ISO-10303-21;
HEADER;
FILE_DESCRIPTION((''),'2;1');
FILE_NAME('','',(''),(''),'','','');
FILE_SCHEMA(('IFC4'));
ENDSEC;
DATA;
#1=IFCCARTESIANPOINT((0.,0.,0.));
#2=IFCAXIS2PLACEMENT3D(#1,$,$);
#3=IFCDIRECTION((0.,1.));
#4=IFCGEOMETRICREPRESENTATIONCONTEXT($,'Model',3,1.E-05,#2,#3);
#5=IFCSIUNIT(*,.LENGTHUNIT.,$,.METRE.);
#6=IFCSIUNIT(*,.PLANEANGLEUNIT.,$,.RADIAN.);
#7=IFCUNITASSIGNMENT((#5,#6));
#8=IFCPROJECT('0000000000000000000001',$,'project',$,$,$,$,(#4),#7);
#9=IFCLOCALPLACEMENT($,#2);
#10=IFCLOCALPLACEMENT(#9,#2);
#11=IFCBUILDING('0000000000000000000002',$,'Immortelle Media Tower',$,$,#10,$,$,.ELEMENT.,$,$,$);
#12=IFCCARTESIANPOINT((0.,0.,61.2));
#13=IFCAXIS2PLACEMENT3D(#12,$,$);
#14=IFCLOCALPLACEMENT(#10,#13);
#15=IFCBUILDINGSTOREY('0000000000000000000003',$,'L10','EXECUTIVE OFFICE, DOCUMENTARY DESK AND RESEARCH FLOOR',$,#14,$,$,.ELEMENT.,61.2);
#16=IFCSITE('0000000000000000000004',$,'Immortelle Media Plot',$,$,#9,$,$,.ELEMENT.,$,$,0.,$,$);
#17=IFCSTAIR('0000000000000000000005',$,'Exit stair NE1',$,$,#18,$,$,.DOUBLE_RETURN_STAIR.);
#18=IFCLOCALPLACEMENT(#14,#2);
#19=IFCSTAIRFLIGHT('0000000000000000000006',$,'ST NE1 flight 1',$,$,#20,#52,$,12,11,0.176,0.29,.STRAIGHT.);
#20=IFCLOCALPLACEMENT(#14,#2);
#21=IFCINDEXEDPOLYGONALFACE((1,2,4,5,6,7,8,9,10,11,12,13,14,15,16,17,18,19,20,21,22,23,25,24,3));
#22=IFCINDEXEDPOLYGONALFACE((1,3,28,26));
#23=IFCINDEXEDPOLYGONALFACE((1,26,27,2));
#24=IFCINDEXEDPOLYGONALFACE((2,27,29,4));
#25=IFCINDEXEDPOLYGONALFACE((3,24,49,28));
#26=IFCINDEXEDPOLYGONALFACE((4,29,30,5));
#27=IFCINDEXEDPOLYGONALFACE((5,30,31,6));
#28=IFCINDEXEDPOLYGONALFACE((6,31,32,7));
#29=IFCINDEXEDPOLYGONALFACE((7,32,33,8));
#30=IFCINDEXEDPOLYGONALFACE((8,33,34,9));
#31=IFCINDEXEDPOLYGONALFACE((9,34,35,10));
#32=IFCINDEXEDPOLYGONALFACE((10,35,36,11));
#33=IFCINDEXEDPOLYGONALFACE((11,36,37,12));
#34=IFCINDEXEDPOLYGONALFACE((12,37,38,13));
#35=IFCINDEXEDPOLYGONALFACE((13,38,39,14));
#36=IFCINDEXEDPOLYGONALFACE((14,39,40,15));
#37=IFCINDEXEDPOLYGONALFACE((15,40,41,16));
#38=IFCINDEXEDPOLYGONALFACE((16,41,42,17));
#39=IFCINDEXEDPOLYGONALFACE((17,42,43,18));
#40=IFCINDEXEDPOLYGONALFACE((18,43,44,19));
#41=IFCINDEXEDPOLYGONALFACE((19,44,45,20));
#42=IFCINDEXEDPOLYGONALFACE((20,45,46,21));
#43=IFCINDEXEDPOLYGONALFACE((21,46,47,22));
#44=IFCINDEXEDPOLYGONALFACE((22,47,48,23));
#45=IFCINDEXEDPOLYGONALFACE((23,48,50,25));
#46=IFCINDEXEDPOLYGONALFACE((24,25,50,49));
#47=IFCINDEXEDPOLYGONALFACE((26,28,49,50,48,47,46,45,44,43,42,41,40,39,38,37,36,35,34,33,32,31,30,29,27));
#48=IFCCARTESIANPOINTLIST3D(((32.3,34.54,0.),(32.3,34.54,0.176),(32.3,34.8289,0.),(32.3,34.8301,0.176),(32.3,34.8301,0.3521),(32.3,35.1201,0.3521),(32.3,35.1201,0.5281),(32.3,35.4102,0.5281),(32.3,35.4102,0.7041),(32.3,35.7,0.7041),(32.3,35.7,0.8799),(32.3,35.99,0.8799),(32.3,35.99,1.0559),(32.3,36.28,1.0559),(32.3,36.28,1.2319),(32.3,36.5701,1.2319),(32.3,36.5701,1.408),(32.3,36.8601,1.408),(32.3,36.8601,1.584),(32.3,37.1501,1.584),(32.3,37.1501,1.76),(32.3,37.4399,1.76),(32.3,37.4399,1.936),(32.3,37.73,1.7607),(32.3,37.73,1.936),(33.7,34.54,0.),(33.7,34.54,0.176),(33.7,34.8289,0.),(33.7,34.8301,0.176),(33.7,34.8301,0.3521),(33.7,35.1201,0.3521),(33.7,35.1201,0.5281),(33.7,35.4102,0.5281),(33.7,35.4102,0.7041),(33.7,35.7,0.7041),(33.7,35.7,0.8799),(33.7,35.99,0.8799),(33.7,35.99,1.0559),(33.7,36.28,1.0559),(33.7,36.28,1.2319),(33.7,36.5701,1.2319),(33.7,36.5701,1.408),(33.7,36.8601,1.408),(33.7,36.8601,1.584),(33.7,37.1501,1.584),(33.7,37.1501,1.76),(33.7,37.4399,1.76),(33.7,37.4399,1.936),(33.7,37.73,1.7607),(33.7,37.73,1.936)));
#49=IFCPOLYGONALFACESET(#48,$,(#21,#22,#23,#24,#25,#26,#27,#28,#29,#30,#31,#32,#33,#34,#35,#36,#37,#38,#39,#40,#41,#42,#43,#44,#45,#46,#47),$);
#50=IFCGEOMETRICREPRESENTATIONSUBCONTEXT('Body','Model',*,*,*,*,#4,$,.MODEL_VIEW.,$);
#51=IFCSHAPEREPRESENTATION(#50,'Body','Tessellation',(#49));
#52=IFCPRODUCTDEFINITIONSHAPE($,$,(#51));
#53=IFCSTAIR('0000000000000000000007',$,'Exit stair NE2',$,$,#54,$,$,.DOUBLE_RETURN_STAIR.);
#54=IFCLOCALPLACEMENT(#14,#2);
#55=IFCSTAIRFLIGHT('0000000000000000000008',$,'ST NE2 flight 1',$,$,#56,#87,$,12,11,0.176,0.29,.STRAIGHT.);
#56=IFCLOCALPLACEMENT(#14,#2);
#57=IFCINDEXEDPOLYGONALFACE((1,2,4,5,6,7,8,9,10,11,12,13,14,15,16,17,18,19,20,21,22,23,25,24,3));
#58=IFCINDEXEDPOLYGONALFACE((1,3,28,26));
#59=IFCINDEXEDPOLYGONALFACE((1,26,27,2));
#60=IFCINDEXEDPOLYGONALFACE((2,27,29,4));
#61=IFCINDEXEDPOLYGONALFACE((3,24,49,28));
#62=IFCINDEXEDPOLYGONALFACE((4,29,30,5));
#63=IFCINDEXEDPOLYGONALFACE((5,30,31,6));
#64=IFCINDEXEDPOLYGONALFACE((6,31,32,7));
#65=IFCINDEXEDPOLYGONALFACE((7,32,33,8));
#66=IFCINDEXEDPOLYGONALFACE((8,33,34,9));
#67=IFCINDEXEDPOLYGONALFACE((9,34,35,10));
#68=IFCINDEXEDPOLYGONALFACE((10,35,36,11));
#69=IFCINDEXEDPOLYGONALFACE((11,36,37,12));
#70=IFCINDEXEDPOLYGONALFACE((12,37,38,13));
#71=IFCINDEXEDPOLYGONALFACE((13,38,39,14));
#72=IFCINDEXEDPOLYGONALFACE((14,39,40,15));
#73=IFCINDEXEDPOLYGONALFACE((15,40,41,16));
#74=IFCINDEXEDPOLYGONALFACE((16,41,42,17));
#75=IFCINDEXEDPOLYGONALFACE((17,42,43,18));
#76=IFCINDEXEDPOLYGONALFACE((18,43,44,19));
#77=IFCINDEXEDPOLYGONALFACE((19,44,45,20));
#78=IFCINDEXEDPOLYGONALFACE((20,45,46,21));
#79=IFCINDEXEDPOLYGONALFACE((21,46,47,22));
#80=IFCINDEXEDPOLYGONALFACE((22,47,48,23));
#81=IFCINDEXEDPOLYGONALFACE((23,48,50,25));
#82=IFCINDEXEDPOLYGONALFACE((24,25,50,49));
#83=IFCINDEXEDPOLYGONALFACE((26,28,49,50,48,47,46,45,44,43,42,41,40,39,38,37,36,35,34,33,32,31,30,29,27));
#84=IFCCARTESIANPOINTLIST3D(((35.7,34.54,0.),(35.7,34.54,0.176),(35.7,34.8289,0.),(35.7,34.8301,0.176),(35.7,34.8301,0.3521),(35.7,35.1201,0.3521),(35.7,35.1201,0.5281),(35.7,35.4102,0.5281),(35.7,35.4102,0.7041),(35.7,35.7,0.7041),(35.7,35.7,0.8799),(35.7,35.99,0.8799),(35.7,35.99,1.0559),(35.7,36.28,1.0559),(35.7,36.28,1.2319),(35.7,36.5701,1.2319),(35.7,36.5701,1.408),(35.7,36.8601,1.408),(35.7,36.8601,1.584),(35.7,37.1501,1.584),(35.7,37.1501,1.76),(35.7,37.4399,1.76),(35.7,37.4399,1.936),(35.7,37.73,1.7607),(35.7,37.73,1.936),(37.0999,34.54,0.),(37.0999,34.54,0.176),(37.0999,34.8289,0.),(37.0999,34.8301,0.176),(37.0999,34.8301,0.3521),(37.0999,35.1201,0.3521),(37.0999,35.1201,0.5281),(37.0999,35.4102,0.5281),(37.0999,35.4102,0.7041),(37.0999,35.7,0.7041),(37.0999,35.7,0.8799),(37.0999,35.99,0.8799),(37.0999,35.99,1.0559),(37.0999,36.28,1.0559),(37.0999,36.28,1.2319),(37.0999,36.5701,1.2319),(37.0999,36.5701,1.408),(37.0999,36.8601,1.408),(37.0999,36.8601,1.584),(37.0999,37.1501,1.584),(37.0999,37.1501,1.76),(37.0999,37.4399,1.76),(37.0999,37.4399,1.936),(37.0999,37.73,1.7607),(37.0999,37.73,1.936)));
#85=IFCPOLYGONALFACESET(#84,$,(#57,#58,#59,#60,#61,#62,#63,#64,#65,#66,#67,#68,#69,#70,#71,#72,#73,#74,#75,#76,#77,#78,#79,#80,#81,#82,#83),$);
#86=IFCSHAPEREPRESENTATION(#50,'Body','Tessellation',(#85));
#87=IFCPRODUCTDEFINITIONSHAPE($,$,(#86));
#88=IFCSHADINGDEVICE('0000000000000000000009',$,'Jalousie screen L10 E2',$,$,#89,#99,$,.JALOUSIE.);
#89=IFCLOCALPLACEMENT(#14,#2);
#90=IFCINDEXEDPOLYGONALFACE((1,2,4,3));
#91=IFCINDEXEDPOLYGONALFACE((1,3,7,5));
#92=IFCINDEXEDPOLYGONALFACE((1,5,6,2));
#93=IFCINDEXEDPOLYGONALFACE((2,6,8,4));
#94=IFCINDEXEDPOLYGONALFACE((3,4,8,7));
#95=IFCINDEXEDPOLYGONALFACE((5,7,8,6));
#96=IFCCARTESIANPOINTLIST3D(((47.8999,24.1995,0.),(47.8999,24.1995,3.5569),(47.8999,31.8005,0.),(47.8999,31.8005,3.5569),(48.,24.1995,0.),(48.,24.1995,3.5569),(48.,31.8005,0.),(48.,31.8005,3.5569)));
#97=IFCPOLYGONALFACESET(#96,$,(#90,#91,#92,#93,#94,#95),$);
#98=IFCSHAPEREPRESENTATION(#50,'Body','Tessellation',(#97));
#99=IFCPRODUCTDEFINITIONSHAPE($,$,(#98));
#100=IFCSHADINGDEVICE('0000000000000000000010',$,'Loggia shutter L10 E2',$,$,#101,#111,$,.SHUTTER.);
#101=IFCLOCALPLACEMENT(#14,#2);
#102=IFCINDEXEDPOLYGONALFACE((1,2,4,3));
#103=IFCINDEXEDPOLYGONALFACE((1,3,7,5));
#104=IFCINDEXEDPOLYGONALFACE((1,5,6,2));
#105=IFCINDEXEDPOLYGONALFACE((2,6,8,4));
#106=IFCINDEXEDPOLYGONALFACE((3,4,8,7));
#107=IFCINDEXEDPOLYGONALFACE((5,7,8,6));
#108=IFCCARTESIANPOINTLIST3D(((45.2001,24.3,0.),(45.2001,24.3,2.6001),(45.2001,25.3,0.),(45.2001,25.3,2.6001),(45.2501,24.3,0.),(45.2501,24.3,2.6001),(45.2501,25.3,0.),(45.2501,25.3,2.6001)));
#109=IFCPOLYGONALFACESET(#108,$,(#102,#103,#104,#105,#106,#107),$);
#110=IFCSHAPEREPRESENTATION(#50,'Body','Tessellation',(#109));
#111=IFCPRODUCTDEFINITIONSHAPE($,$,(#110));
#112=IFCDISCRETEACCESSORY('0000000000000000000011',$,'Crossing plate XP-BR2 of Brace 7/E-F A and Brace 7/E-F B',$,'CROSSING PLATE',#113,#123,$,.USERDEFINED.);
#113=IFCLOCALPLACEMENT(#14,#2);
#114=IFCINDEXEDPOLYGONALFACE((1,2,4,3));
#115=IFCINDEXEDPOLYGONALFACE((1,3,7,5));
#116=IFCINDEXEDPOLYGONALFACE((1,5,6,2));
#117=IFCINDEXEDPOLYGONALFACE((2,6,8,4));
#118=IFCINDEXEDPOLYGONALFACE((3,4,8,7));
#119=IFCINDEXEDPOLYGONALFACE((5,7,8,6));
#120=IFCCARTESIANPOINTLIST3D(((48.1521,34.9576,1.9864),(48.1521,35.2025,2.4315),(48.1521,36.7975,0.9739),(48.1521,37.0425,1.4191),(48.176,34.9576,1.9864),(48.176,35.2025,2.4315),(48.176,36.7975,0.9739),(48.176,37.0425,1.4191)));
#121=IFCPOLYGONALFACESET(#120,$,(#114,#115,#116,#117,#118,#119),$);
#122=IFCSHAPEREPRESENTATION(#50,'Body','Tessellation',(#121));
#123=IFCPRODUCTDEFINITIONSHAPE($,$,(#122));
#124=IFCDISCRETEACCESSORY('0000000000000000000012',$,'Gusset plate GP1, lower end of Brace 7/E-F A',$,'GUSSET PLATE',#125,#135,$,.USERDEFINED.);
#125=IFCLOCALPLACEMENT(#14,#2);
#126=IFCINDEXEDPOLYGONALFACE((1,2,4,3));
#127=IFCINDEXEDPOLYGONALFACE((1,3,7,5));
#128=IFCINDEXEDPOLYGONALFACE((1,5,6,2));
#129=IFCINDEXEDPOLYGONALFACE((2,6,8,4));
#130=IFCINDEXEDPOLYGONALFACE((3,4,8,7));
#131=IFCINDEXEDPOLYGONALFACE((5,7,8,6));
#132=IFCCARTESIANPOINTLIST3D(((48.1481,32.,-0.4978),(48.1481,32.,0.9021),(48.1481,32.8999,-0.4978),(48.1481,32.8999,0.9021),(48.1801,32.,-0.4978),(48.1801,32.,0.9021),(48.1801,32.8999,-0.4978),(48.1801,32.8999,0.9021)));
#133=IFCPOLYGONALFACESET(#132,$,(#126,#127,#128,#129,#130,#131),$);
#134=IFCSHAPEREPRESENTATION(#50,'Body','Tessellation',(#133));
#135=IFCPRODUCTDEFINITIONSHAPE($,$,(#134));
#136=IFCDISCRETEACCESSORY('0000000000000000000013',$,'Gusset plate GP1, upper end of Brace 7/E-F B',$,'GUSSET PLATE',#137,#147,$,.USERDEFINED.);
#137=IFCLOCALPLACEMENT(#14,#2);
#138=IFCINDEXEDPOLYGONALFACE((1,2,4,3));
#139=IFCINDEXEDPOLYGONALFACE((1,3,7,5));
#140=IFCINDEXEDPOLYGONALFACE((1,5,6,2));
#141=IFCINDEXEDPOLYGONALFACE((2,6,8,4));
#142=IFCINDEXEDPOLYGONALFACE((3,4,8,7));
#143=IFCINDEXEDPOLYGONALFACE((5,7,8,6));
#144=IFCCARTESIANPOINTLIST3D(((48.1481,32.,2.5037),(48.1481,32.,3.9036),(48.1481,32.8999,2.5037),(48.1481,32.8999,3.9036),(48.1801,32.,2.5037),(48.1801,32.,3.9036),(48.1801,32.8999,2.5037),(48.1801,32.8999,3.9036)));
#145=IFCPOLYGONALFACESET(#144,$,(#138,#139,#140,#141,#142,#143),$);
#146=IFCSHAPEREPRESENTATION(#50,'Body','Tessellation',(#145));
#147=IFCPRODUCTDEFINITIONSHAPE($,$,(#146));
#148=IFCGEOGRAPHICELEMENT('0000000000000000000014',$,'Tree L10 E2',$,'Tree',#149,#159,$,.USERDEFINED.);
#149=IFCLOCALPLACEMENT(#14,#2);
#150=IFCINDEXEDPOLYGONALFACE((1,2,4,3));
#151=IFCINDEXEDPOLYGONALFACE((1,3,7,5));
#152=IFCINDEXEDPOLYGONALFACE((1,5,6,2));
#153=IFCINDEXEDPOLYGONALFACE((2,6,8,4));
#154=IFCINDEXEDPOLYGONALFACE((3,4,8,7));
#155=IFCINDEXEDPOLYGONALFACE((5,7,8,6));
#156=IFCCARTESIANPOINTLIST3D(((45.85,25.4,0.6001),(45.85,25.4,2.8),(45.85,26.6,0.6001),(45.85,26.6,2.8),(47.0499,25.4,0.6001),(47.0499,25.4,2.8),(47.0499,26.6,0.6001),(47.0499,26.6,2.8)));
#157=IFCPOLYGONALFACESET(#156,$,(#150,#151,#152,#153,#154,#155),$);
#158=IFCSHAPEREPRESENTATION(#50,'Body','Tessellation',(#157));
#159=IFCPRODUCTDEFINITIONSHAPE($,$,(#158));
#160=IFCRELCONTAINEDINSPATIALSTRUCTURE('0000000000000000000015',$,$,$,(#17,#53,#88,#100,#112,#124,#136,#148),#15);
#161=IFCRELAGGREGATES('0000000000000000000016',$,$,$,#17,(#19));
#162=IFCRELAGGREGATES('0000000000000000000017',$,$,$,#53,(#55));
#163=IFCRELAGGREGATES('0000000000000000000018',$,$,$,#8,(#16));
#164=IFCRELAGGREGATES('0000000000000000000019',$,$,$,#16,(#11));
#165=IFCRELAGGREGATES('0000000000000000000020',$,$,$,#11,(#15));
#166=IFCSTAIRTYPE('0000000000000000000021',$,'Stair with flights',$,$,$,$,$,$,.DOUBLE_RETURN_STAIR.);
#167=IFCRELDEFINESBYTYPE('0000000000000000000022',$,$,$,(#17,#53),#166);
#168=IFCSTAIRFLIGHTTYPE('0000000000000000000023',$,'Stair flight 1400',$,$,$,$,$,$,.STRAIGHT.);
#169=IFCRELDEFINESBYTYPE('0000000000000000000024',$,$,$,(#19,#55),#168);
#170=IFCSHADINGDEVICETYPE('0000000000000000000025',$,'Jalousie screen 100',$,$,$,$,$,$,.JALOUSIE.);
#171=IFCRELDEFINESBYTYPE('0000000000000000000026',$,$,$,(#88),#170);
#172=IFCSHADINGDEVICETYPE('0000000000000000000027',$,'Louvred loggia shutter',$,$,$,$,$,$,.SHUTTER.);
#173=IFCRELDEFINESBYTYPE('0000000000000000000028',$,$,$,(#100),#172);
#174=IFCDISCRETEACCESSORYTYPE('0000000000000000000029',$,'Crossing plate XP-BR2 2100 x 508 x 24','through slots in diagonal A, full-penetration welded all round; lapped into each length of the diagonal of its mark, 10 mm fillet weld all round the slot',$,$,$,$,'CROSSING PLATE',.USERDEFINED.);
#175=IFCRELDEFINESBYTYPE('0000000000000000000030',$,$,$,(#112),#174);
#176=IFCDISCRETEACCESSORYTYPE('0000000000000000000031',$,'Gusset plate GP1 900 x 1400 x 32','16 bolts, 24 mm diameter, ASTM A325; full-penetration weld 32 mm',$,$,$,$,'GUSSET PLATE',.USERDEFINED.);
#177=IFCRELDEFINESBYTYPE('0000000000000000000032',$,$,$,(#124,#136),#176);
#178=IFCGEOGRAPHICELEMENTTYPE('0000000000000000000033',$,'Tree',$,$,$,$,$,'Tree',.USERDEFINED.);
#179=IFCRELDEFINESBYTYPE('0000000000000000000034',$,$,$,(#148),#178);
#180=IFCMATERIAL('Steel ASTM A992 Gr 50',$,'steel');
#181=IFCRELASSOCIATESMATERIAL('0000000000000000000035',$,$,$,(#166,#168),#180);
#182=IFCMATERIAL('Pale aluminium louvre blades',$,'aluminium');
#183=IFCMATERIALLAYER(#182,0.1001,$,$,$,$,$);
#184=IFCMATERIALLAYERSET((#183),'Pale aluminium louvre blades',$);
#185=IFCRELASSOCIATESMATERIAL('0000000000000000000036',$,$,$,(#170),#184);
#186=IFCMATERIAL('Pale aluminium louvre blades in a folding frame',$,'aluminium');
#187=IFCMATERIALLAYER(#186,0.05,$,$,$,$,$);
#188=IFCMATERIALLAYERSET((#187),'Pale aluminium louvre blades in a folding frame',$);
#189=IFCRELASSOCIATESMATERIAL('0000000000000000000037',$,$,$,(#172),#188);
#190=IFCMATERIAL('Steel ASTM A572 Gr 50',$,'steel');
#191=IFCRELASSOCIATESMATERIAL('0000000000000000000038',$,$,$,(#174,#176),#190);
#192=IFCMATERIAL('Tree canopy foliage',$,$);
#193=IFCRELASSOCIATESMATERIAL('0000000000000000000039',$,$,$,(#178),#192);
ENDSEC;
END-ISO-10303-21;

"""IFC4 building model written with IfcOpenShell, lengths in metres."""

from ifc_helpers import new_model, si_unit, direction, frame, origin, origin_2d, place, context, subcontext, project, spatial, polyline, rectangle, outline, extrude, material, layer, layer_set, material_profile, profile_set, type_object, element, aggregate, save


model = new_model("IFC4")

# Units and contexts
model_context = context("Model", 3, precision=1e-05, world=origin(), true_north=direction((0.0, 1.0)))
body_context = subcontext(model_context, "Body", "Model", "MODEL_VIEW")
ifc_project = project(units=[si_unit("LENGTHUNIT", "METRE"), si_unit("PLANEANGLEUNIT", "RADIAN")], contexts=[model_context])

# Site, building, storey
site_placement = place(None, origin())
site = spatial("IfcSite", under=ifc_project, at=site_placement, Name="Immortelle Media Plot", CompositionType="ELEMENT", RefElevation=0.0)
building_placement = place(site_placement, origin())
building = spatial("IfcBuilding", under=site, at=building_placement, Name="Immortelle Media Tower", CompositionType="ELEMENT")
storey_placement = place(building_placement, frame((0.0, 0.0, 61.2)))
storey = spatial("IfcBuildingStorey", under=building, at=storey_placement, Name="L10", Description="EXECUTIVE OFFICE, DOCUMENTARY DESK AND RESEARCH FLOOR", CompositionType="ELEMENT", Elevation=61.2)

# Shared definitions
ifc_material_1 = material(Name="Steel ASTM A992 Gr 50", Category="steel")

# Stairs, stair flights
stair_type = type_object("IfcStairType", Name="Stair with flights", PredefinedType="DOUBLE_RETURN_STAIR", material=ifc_material_1)
stair_1_placement = place(storey_placement, origin())
stair_1 = element("IfcStair", 1, at=stair_1_placement, inside=storey, type_object=stair_type, Name="Exit stair NE1", PredefinedType="DOUBLE_RETURN_STAIR")
stair_flight_type = type_object("IfcStairFlightType", Name="Stair flight 1400", PredefinedType="STRAIGHT", material=ifc_material_1)
stair_flight_1_placement = place(storey_placement, frame((33.0, 34.54, 0.0), z_axis=(0.0, 0.0, 1.0), x_axis=(0.0, 1.0, 0.0)))
stair_flight_1 = element("IfcStairFlight", 2, at=stair_flight_1_placement, type_object=stair_flight_type, Name="ST NE1 flight 1", NumberOfRisers=12, NumberOfTreads=11, PredefinedType="STRAIGHT", RiserHeight=0.176, TreadLength=0.29, context=body_context, shape_type="SweptSolid", body=[
    extrude(outline(polyline([(0.0, 0.0), (0.0, 0.176), (0.29, 0.176), (0.29, 0.3521), (0.5801, 0.3521), (0.5801, 0.5281), (0.8701, 0.5281), (0.8701, 0.7041), (1.1599, 0.7041), (1.1599, 0.8799), (1.45, 0.8799), (1.45, 1.0559), (1.74, 1.0559), (1.74, 1.2319), (2.03, 1.2319), (2.03, 1.408), (2.3201, 1.408), (2.3201, 1.584), (2.6101, 1.584), (2.6101, 1.76), (2.8999, 1.76), (2.8999, 1.936), (3.1899, 1.936), (3.1899, 2.1121), (3.1899, 1.7607), (0.2888, 0.0), (0.0, 0.0)])), frame((0.0, 0.7, 0.0), z_axis=(0.0, -1.0, 0.0), x_axis=(1.0, 0.0, 0.0)), (0.0, 0.0, 1.0), 1.3999),
])
aggregate(stair_1, [stair_flight_1])
stair_2_placement = place(storey_placement, origin())
stair_2 = element("IfcStair", 3, at=stair_2_placement, inside=storey, type_object=stair_type, Name="Exit stair NE2", PredefinedType="DOUBLE_RETURN_STAIR")
stair_flight_2_placement = place(storey_placement, frame((36.3999, 34.54, 0.0), z_axis=(0.0, 0.0, 1.0), x_axis=(0.0, 1.0, 0.0)))
stair_flight_2 = element("IfcStairFlight", 4, at=stair_flight_2_placement, type_object=stair_flight_type, Name="ST NE2 flight 1", NumberOfRisers=12, NumberOfTreads=11, PredefinedType="STRAIGHT", RiserHeight=0.176, TreadLength=0.29, context=body_context, shape_type="SweptSolid", body=[
    extrude(outline(polyline([(0.0, 0.0), (0.0, 0.176), (0.29, 0.176), (0.29, 0.3521), (0.5801, 0.3521), (0.5801, 0.5281), (0.8701, 0.5281), (0.8701, 0.7041), (1.1599, 0.7041), (1.1599, 0.8799), (1.45, 0.8799), (1.45, 1.0559), (1.74, 1.0559), (1.74, 1.2319), (2.03, 1.2319), (2.03, 1.408), (2.3201, 1.408), (2.3201, 1.584), (2.6101, 1.584), (2.6101, 1.76), (2.8999, 1.76), (2.8999, 1.936), (3.1899, 1.936), (3.1899, 2.1121), (3.1899, 1.7607), (0.2888, 0.0), (0.0, 0.0)])), frame((0.0, 0.7, 0.0), z_axis=(0.0, -1.0, 0.0), x_axis=(1.0, 0.0, 0.0)), (0.0, 0.0, 1.0), 1.3999),
])
aggregate(stair_2, [stair_flight_2])

# Shading devices
ifc_material_2 = material(Name="Pale aluminium louvre blades", Category="aluminium")
ifc_layer_1 = layer(ifc_material_2, 0.1001)
ifc_layer_set_1 = layer_set([ifc_layer_1], Name="Pale aluminium louvre blades")
shading_device_type_1 = type_object("IfcShadingDeviceType", Name="Jalousie screen 100", PredefinedType="JALOUSIE", material=ifc_layer_set_1)
shading_device_1_placement = place(storey_placement, frame((47.95, 28.0, 0.0), z_axis=(0.0, 0.0, 1.0), x_axis=(0.0, 1.0, 0.0)))
element("IfcShadingDevice", 5, at=shading_device_1_placement, inside=storey, type_object=shading_device_type_1, Name="Jalousie screen L10 E2", PredefinedType="JALOUSIE", context=body_context, shape_type="SweptSolid", body=[
    extrude(rectangle(XDim=7.6011, YDim=0.1001, at=origin_2d()), origin(), (0.0, 0.0, 1.0), 3.5569),
])
ifc_material_3 = material(Name="Pale aluminium louvre blades in a folding frame", Category="aluminium")
ifc_layer_2 = layer(ifc_material_3, 0.05)
ifc_layer_set_2 = layer_set([ifc_layer_2], Name="Pale aluminium louvre blades in a folding frame")
shading_device_type_2 = type_object("IfcShadingDeviceType", Name="Louvred loggia shutter", PredefinedType="SHUTTER", material=ifc_layer_set_2)
shading_device_2_placement = place(storey_placement, frame((45.2251, 24.8, 0.0), z_axis=(0.0, 0.0, 1.0), x_axis=(0.0, 1.0, 0.0)))
element("IfcShadingDevice", 6, at=shading_device_2_placement, inside=storey, type_object=shading_device_type_2, Name="Loggia shutter L10 E2", PredefinedType="SHUTTER", context=body_context, shape_type="SweptSolid", body=[
    extrude(rectangle(XDim=1.0, YDim=0.05, at=origin_2d()), origin(), (0.0, 0.0, 1.0), 2.6001),
])

# Discrete accessories
ifc_material_4 = material(Name="Steel ASTM A572 Gr 50", Category="steel")
ifc_material_profile_1 = material_profile(ifc_material_4, rectangle(XDim=0.0239, YDim=0.5081, at=origin_2d()), Name="PL 24 x 508")
ifc_profile_set_1 = profile_set([ifc_material_profile_1], Name="Steel ASTM A572 Gr 50")
discrete_accessory_type_1 = type_object("IfcDiscreteAccessoryType", Name="Crossing plate XP-BR2 2100 x 508 x 24", Description="through slots in diagonal A, full-penetration welded all round; lapped into each length of the diagonal of its mark, 10 mm fillet weld all round the slot", ElementType="CROSSING PLATE", PredefinedType="USERDEFINED", material=ifc_profile_set_1)
discrete_accessory_placement = place(storey_placement, frame((48.1641, 35.0801, 2.209), z_axis=(0.0, 0.876108, -0.482115), x_axis=(-1.0, 0.0, 0.0)))
element("IfcDiscreteAccessory", 7, at=discrete_accessory_placement, inside=storey, type_object=discrete_accessory_type_1, Name="Crossing plate XP-BR2 of Brace 7/E-F A and Brace 7/E-F B", ObjectType="CROSSING PLATE", PredefinedType="USERDEFINED", context=body_context, shape_type="SweptSolid", body=[
    extrude(rectangle(XDim=0.0239, YDim=0.5081, at=origin_2d()), origin(), (0.0, 0.0, 1.0), 2.1001),
])
ifc_material_profile_2 = material_profile(ifc_material_4, rectangle(XDim=0.032, YDim=1.3999, at=origin_2d()), Name="PL 32 x 1400")
ifc_profile_set_2 = profile_set([ifc_material_profile_2], Name="Steel ASTM A572 Gr 50")
discrete_accessory_type_2 = type_object("IfcDiscreteAccessoryType", Name="Gusset plate GP1 900 x 1400 x 32", Description="16 bolts, 24 mm diameter, ASTM A325; full-penetration weld 32 mm", ElementType="GUSSET PLATE", PredefinedType="USERDEFINED", material=ifc_profile_set_2)
for number, where, z_axis, x_axis, name in (
    (8, (48.1641, 32.0, 0.2021), (0.0, 1.0, 0.0), (-1.0, 0.0, 0.0), "Gusset plate GP1, lower end of Brace 7/E-F A"),
    (9, (48.1641, 32.0, 3.2036), (0.0, 1.0, 0.0), (-1.0, 0.0, 0.0), "Gusset plate GP1, upper end of Brace 7/E-F B"),
):
    element("IfcDiscreteAccessory", number, at=place(storey_placement, frame(where, z_axis=z_axis, x_axis=x_axis)), inside=storey, type_object=discrete_accessory_type_2, Name=name, ObjectType="GUSSET PLATE", PredefinedType="USERDEFINED", context=body_context, shape_type="SweptSolid", body=[
        extrude(rectangle(XDim=0.032, YDim=1.3999, at=origin_2d()), origin(), (0.0, 0.0, 1.0), 0.8999),
    ])

# Geographic element
ifc_material_5 = material(Name="Tree canopy foliage")
geographic_element_type = type_object("IfcGeographicElementType", Name="Tree", ElementType="Tree", PredefinedType="USERDEFINED", material=ifc_material_5)
geographic_element_placement = place(storey_placement, frame((46.45, 26.0, 0.6001), z_axis=(0.0, 0.0, 1.0), x_axis=(1.0, 0.0, 0.0)))
element("IfcGeographicElement", 10, at=geographic_element_placement, inside=storey, type_object=geographic_element_type, Name="Tree L10 E2", ObjectType="Tree", PredefinedType="USERDEFINED", context=body_context, shape_type="SweptSolid", body=[
    extrude(rectangle(XDim=1.2, YDim=1.2, at=origin_2d()), origin(), (0.0, 0.0, 1.0), 2.2),
])

save(model, "model.ifc")
